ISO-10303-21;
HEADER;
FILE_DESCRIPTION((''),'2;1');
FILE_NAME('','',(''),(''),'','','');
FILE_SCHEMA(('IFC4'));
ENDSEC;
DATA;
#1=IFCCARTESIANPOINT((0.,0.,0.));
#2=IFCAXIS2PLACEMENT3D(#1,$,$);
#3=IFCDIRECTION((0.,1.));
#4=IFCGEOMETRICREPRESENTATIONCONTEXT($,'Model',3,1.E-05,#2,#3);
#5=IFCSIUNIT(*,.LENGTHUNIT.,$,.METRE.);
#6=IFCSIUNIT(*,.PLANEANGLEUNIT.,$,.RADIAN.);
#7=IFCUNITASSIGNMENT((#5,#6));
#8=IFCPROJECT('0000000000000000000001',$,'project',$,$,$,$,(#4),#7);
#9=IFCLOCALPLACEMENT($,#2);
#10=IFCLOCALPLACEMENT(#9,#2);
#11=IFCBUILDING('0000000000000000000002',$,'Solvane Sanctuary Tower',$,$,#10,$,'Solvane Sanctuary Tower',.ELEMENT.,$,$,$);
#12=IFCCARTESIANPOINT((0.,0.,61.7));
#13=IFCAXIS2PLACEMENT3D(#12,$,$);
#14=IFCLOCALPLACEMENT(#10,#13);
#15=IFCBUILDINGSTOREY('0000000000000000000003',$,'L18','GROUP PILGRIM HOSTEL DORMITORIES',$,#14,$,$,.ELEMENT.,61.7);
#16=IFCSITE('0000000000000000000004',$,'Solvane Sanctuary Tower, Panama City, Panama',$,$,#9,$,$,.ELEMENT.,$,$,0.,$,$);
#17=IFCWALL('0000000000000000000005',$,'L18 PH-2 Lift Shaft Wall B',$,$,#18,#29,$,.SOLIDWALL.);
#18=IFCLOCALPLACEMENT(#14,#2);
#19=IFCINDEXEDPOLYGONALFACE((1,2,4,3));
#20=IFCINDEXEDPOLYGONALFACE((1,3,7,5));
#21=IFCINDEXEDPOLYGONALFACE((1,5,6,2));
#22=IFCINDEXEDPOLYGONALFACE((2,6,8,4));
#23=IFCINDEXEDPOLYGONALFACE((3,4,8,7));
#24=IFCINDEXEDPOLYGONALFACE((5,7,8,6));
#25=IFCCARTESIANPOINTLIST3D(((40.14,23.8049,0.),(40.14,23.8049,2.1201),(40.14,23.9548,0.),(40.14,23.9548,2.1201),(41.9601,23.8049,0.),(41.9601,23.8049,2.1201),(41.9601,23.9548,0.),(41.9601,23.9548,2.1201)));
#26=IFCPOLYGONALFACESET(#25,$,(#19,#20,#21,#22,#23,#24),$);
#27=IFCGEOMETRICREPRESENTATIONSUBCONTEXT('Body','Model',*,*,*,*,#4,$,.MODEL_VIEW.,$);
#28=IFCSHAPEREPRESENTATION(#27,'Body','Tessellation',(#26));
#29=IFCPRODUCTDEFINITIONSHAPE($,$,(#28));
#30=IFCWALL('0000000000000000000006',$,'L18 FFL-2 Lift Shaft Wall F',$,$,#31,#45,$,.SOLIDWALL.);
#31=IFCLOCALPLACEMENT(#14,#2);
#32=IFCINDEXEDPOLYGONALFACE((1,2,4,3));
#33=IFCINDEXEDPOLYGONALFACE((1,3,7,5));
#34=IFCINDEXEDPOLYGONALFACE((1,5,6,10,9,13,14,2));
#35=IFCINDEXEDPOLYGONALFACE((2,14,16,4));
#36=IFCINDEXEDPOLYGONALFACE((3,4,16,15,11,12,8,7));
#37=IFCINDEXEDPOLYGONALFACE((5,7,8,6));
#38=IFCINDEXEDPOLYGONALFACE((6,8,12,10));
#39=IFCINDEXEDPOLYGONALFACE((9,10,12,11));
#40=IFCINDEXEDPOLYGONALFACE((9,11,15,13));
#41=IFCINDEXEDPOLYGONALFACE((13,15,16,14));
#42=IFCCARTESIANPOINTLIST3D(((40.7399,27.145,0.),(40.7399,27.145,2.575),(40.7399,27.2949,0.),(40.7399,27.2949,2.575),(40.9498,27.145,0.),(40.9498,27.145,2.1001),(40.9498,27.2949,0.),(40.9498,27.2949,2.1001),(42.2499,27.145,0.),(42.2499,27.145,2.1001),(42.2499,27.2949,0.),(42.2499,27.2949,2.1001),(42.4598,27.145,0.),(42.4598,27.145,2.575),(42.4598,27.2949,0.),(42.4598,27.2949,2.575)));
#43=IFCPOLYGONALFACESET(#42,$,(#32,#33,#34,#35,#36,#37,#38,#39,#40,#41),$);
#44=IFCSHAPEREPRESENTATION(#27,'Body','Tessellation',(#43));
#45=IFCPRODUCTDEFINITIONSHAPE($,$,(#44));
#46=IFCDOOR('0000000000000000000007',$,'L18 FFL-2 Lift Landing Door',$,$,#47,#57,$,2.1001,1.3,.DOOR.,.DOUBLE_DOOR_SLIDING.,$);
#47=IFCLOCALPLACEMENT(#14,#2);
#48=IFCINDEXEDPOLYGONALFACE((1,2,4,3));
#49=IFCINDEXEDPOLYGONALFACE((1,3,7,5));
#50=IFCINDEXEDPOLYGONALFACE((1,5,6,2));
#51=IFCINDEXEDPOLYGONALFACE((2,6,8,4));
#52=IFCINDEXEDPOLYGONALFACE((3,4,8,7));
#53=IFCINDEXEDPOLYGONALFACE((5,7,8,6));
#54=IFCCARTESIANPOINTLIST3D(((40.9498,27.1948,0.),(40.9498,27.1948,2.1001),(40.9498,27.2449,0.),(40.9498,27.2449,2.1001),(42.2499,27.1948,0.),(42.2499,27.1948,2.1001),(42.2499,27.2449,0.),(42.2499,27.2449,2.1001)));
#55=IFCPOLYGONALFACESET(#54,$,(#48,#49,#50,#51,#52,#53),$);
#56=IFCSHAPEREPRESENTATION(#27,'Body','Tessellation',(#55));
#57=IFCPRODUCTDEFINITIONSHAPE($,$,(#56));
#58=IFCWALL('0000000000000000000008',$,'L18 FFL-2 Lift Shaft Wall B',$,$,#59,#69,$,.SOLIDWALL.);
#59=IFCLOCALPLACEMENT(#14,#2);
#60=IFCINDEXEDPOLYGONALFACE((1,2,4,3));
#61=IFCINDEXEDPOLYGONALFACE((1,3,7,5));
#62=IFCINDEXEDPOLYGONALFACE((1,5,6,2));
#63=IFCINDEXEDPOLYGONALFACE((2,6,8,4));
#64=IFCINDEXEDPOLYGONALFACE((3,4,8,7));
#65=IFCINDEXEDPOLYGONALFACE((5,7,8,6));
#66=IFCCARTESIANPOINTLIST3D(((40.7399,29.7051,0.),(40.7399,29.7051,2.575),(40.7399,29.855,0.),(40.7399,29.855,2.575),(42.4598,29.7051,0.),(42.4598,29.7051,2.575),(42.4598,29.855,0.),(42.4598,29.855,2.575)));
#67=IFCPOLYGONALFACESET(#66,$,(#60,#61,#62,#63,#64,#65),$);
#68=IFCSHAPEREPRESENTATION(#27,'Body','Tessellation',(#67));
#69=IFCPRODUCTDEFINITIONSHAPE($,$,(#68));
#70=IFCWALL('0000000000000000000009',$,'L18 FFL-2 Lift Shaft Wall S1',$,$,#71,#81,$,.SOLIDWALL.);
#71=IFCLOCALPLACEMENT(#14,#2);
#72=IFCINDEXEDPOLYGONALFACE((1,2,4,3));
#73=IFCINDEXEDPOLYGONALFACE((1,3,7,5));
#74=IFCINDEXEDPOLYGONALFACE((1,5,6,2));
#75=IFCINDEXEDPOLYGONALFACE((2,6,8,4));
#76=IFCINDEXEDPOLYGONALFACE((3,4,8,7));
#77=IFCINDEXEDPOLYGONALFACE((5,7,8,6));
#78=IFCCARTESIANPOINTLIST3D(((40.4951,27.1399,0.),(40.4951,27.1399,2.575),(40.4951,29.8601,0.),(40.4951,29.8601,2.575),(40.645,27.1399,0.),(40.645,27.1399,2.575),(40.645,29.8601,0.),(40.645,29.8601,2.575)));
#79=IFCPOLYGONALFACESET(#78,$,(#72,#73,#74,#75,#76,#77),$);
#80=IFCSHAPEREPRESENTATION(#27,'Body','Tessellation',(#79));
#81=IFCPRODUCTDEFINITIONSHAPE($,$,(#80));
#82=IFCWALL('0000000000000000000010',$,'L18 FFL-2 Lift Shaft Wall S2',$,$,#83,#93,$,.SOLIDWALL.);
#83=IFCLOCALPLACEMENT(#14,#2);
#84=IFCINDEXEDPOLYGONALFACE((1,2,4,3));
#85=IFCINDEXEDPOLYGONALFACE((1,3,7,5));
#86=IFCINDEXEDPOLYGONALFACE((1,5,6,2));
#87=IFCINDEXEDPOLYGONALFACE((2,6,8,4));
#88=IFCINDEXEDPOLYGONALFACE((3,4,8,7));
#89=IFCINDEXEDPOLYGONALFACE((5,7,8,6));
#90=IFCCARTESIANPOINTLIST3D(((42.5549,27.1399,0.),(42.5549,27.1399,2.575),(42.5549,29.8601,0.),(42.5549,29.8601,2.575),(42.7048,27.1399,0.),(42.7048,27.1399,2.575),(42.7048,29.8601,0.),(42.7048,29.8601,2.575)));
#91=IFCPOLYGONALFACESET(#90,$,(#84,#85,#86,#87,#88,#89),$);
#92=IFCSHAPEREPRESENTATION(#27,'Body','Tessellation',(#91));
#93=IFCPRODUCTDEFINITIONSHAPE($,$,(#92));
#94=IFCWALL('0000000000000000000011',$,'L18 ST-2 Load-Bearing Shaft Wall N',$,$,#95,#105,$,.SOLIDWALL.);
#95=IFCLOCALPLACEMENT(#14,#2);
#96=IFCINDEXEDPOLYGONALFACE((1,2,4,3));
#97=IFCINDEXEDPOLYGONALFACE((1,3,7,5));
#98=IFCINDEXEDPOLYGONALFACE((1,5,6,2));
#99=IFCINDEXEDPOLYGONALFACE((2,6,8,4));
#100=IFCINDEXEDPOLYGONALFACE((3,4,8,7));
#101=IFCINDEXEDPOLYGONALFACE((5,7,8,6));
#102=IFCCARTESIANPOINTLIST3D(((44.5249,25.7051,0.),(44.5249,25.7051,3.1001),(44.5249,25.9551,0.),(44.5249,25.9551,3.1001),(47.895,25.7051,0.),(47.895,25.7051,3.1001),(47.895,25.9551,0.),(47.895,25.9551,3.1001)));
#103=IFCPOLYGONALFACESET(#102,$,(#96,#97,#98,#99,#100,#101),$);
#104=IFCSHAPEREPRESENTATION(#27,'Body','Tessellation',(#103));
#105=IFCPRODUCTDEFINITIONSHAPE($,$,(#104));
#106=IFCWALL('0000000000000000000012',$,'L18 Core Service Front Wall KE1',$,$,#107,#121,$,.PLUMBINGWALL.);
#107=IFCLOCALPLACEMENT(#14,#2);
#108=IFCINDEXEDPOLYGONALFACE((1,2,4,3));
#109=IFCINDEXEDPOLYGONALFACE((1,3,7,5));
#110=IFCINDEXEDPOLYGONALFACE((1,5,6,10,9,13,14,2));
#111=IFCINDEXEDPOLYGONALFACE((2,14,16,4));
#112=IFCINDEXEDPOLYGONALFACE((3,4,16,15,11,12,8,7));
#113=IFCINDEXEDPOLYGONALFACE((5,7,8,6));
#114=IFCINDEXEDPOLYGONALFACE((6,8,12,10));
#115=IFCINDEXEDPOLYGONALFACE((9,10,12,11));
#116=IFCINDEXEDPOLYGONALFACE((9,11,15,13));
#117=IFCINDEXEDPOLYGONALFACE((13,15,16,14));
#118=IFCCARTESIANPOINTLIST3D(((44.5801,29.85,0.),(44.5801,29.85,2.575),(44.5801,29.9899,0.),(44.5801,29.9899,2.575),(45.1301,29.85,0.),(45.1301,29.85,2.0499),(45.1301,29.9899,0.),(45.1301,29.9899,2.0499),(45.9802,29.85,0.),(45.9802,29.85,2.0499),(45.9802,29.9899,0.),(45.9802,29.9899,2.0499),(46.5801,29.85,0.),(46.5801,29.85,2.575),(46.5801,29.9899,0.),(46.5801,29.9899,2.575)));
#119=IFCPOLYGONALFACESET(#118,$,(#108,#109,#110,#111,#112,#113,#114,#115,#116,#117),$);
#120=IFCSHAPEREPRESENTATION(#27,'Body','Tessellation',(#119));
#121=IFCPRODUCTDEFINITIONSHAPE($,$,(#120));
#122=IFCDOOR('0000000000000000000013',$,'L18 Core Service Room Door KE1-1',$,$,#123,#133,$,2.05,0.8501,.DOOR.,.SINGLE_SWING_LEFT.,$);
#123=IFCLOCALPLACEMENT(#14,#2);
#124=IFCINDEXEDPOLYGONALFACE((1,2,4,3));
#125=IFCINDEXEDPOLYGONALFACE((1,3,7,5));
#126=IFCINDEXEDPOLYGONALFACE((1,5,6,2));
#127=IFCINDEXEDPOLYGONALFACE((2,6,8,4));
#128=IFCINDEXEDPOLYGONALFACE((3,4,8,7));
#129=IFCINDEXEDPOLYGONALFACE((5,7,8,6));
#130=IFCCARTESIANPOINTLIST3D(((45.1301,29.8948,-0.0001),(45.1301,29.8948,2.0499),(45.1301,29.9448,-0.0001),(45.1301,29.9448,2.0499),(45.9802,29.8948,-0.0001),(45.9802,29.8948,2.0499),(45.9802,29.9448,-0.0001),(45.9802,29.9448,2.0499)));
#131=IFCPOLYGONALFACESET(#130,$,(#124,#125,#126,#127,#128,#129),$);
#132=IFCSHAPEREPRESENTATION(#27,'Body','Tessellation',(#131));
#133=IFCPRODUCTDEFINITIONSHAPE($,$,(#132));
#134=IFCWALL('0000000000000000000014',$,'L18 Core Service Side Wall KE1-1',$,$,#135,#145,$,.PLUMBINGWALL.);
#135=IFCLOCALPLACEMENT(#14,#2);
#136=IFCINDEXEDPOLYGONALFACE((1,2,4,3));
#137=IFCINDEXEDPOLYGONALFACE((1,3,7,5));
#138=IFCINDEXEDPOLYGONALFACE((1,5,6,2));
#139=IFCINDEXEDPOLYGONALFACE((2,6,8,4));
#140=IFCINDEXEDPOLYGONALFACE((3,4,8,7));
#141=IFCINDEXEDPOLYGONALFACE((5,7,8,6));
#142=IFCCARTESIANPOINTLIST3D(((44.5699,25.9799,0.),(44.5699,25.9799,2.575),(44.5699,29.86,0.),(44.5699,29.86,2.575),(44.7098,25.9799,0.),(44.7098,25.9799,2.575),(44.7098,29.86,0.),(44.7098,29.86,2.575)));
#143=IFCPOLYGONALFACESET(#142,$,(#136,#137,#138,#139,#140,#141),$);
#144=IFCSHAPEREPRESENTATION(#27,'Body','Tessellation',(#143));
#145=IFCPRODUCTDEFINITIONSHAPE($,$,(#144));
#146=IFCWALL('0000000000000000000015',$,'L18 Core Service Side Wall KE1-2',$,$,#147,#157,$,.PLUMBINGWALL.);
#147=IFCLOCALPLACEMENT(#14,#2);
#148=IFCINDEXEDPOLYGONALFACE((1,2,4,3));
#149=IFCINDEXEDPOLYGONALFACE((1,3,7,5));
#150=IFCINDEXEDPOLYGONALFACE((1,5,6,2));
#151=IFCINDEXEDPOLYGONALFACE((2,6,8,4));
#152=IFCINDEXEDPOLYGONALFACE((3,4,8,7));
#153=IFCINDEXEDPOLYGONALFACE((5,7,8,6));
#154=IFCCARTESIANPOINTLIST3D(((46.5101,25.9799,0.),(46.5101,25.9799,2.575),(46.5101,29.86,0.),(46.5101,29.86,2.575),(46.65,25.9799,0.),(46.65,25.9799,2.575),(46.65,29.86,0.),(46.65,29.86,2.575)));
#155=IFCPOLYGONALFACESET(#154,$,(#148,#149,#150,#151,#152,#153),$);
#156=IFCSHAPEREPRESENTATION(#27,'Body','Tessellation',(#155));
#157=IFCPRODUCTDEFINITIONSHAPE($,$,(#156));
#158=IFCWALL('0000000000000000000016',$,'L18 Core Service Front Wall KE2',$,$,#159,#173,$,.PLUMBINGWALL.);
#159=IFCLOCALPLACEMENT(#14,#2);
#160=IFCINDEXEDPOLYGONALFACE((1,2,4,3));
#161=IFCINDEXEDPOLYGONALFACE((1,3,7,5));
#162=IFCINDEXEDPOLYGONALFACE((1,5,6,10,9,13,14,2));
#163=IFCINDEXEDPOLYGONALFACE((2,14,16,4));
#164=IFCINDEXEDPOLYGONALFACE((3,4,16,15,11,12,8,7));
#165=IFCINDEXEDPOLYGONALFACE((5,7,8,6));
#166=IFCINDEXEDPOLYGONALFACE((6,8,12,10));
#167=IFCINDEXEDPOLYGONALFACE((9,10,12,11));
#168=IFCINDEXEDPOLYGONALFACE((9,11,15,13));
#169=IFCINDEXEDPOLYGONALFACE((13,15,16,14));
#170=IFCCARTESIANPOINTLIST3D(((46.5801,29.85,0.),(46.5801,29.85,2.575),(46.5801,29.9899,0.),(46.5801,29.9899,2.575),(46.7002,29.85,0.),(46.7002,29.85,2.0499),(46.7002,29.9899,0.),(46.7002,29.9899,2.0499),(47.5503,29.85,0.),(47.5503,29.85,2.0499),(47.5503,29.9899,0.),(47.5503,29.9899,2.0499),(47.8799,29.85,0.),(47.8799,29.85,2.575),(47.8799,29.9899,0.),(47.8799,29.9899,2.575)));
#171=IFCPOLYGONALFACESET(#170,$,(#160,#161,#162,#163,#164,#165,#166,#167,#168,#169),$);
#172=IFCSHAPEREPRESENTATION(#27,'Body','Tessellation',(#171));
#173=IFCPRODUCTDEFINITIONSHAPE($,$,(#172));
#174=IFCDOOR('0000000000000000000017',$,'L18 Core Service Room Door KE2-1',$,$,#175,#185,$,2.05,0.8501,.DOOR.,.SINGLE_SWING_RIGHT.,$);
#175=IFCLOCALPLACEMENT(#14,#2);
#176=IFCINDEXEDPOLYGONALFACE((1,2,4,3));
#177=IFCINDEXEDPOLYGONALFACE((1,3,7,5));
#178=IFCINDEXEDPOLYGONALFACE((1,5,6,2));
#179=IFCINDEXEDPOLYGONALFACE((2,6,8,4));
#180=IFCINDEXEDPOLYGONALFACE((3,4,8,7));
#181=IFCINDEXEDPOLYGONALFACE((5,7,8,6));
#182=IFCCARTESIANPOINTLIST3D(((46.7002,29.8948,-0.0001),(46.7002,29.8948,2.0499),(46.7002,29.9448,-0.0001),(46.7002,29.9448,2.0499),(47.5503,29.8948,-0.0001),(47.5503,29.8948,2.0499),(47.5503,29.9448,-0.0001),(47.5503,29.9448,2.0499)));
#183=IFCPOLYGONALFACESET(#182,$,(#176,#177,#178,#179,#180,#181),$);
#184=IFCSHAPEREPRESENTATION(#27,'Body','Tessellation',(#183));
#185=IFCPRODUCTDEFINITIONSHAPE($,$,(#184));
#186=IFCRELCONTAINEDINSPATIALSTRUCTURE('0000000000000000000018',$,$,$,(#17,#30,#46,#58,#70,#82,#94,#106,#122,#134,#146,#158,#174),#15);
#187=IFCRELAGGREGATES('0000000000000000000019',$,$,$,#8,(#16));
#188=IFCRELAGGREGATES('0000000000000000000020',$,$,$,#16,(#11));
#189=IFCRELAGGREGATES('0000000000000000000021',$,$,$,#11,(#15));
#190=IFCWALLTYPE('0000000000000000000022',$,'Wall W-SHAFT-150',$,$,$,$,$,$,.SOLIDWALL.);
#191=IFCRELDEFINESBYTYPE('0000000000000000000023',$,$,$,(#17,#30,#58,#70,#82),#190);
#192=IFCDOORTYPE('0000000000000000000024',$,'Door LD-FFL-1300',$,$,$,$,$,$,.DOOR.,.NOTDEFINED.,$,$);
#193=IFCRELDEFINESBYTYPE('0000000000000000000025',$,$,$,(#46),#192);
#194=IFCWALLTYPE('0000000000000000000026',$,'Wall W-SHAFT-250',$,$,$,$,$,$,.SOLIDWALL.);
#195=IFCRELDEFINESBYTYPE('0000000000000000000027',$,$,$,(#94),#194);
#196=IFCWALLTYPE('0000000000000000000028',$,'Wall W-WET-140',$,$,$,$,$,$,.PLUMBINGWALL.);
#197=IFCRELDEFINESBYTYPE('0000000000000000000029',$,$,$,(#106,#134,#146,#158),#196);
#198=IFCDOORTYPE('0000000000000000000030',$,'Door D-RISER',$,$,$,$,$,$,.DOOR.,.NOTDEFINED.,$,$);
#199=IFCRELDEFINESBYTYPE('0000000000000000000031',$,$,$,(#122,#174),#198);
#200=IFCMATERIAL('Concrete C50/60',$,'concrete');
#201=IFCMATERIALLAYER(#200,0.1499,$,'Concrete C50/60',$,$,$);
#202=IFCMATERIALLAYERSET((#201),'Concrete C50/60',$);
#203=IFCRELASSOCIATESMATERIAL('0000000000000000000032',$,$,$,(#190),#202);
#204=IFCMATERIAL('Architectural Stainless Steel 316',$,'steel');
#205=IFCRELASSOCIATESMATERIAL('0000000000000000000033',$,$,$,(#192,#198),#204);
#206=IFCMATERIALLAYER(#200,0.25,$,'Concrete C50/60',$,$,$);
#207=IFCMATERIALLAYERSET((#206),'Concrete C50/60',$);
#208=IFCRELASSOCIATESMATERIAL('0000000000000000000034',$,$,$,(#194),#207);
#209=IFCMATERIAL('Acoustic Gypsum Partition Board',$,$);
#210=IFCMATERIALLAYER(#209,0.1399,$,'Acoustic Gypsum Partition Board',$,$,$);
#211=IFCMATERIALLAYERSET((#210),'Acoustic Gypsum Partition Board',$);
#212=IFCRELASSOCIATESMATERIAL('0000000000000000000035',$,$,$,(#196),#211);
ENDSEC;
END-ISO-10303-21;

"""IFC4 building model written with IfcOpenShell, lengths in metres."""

from ifc_helpers import new_model, si_unit, direction, frame, frame_2d, origin, place, context, subcontext, project, spatial, rectangle, extrude, material, layer, layer_set, type_object, element, fill, save


model = new_model("IFC4")

# Units and contexts
model_context = context("Model", 3, precision=1e-05, world=origin(), true_north=direction((0.0, 1.0)))
body_context = subcontext(model_context, "Body", "Model", "MODEL_VIEW")
ifc_project = project(units=[si_unit("LENGTHUNIT", "METRE"), si_unit("PLANEANGLEUNIT", "RADIAN")], contexts=[model_context])

# Site, building, storey
site_placement = place(None, origin())
site = spatial("IfcSite", under=ifc_project, at=site_placement, Name="Solvane Sanctuary Tower, Panama City, Panama", CompositionType="ELEMENT", RefElevation=0.0)
building_placement = place(site_placement, origin())
building = spatial("IfcBuilding", under=site, at=building_placement, Name="Solvane Sanctuary Tower", LongName="Solvane Sanctuary Tower", CompositionType="ELEMENT")
storey_placement = place(building_placement, frame((0.0, 0.0, 61.7)))
storey = spatial("IfcBuildingStorey", under=building, at=storey_placement, Name="L18", Description="GROUP PILGRIM HOSTEL DORMITORIES", CompositionType="ELEMENT", Elevation=61.7)

# Shared definitions
ifc_material_1 = material(Name="Acoustic Gypsum Partition Board")

# Wall
ifc_material_2 = material(Name="Concrete C50/60", Category="concrete")
ifc_layer_1 = layer(ifc_material_2, 0.1499, Name="Concrete C50/60")
ifc_layer_set_1 = layer_set([ifc_layer_1], Name="Concrete C50/60")
wall_type_1 = type_object("IfcWallType", Name="Wall W-SHAFT-150", PredefinedType="SOLIDWALL", material=ifc_layer_set_1)
for number, where, z_axis, x_axis, name in (
    (1, (40.1399, 23.8799, 0.0), (0.0, 0.0, 1.0), (1.0, 0.0, 0.0), "L18 PH-2 Lift Shaft Wall B"),
):
    element("IfcWall", number, at=place(storey_placement, frame(where, z_axis=z_axis, x_axis=x_axis)), inside=storey, type_object=wall_type_1, Name=name, PredefinedType="SOLIDWALL", context=body_context, shape_type="SweptSolid", body=[
        extrude(rectangle(XDim=1.8201, YDim=0.1499, at=frame_2d((0.9102, 0.0))), origin(), (0.0, 0.0, 1.0), 2.1201),
    ])

# Wall, opening, door
wall_1_placement = place(storey_placement, frame((40.74, 27.22, 0.0), z_axis=(0.0, 0.0, 1.0), x_axis=(1.0, 0.0, 0.0)))
wall_1 = element("IfcWall", 2, at=wall_1_placement, inside=storey, type_object=wall_type_1, Name="L18 FFL-2 Lift Shaft Wall F", PredefinedType="SOLIDWALL", context=body_context, shape_type="SweptSolid", body=[
    extrude(rectangle(XDim=1.72, YDim=0.1499, at=frame_2d((0.8599, 0.0))), origin(), (0.0, 0.0, 1.0), 2.575),
])
opening_1_placement = place(wall_1_placement, frame((0.21, 0.0, 0.0)))
opening_1 = element("IfcOpeningElement", 3, at=opening_1_placement, cuts=wall_1, PredefinedType="OPENING", context=body_context, shape_type="SweptSolid", body=[
    extrude(rectangle(XDim=1.3, YDim=2.1001, at=frame_2d((0.6499, 1.05))), frame((0.0, 0.085, 0.0), z_axis=(0.0, -1.0, 0.0), x_axis=(1.0, 0.0, 0.0)), (0.0, 0.0, 1.0), 0.1699),
])
ifc_material_3 = material(Name="Architectural Stainless Steel 316", Category="steel")
door_type_1 = type_object("IfcDoorType", Name="Door LD-FFL-1300", OperationType="NOTDEFINED", PredefinedType="DOOR", material=ifc_material_3)
door_1_placement = place(opening_1_placement, origin())
door_1 = element("IfcDoor", 4, at=door_1_placement, inside=storey, type_object=door_type_1, Name="L18 FFL-2 Lift Landing Door", OperationType="DOUBLE_DOOR_SLIDING", OverallHeight=2.1001, OverallWidth=1.3, PredefinedType="DOOR", context=body_context, shape_type="SweptSolid", body=[
    extrude(rectangle(XDim=1.3, YDim=2.1001, at=frame_2d((0.6499, 1.05))), frame((0.0, 0.0249, 0.0), z_axis=(0.0, -1.0, 0.0), x_axis=(1.0, 0.0, 0.0)), (0.0, 0.0, 1.0), 0.05),
])
fill(opening_1, door_1)

# Walls
wall_2_placement = place(storey_placement, frame((40.74, 29.78, 0.0), z_axis=(0.0, 0.0, 1.0), x_axis=(1.0, 0.0, 0.0)))
element("IfcWall", 5, at=wall_2_placement, inside=storey, type_object=wall_type_1, Name="L18 FFL-2 Lift Shaft Wall B", PredefinedType="SOLIDWALL", context=body_context, shape_type="SweptSolid", body=[
    extrude(rectangle(XDim=1.72, YDim=0.1499, at=frame_2d((0.8599, 0.0))), origin(), (0.0, 0.0, 1.0), 2.575),
])
for number, where, z_axis, x_axis, name in (
    (6, (40.5701, 27.1399, 0.0), (0.0, 0.0, 1.0), (0.0, 1.0, 0.0), "L18 FFL-2 Lift Shaft Wall S1"),
    (7, (42.6299, 27.1399, 0.0), (0.0, 0.0, 1.0), (0.0, 1.0, 0.0), "L18 FFL-2 Lift Shaft Wall S2"),
):
    element("IfcWall", number, at=place(storey_placement, frame(where, z_axis=z_axis, x_axis=x_axis)), inside=storey, type_object=wall_type_1, Name=name, PredefinedType="SOLIDWALL", context=body_context, shape_type="SweptSolid", body=[
        extrude(rectangle(XDim=2.7202, YDim=0.1499, at=frame_2d((1.3601, 0.0))), origin(), (0.0, 0.0, 1.0), 2.575),
    ])
ifc_layer_2 = layer(ifc_material_2, 0.25, Name="Concrete C50/60")
ifc_layer_set_2 = layer_set([ifc_layer_2], Name="Concrete C50/60")
wall_type_2 = type_object("IfcWallType", Name="Wall W-SHAFT-250", PredefinedType="SOLIDWALL", material=ifc_layer_set_2)
wall_3_placement = place(storey_placement, frame((44.5249, 25.8301, 0.0), z_axis=(0.0, 0.0, 1.0), x_axis=(1.0, 0.0, 0.0)))
element("IfcWall", 8, at=wall_3_placement, inside=storey, type_object=wall_type_2, Name="L18 ST-2 Load-Bearing Shaft Wall N", PredefinedType="SOLIDWALL", context=body_context, shape_type="SweptSolid", body=[
    extrude(rectangle(XDim=3.3701, YDim=0.25, at=frame_2d((1.6851, 0.0))), origin(), (0.0, 0.0, 1.0), 3.1001),
])

# Wall, opening, door
ifc_layer_3 = layer(ifc_material_1, 0.1399, Name="Acoustic Gypsum Partition Board")
ifc_layer_set_3 = layer_set([ifc_layer_3], Name="Acoustic Gypsum Partition Board")
wall_type_3 = type_object("IfcWallType", Name="Wall W-WET-140", PredefinedType="PLUMBINGWALL", material=ifc_layer_set_3)
wall_4_placement = place(storey_placement, frame((44.5801, 29.9199, 0.0), z_axis=(0.0, 0.0, 1.0), x_axis=(1.0, 0.0, 0.0)))
wall_4 = element("IfcWall", 9, at=wall_4_placement, inside=storey, type_object=wall_type_3, Name="L18 Core Service Front Wall KE1", PredefinedType="PLUMBINGWALL", context=body_context, shape_type="SweptSolid", body=[
    extrude(rectangle(XDim=2.0, YDim=0.1399, at=frame_2d((1.0, 0.0))), origin(), (0.0, 0.0, 1.0), 2.575),
])
opening_2_placement = place(wall_4_placement, frame((0.55, 0.0, 0.0)))
opening_2 = element("IfcOpeningElement", 10, at=opening_2_placement, cuts=wall_4, PredefinedType="OPENING", context=body_context, shape_type="SweptSolid", body=[
    extrude(rectangle(XDim=0.8501, YDim=2.05, at=frame_2d((0.425, 1.0249))), frame((0.0, 0.0798, 0.0), z_axis=(0.0, -1.0, 0.0), x_axis=(1.0, 0.0, 0.0)), (0.0, 0.0, 1.0), 0.1599),
])
door_type_2 = type_object("IfcDoorType", Name="Door D-RISER", OperationType="NOTDEFINED", PredefinedType="DOOR", material=ifc_material_3)
door_2_placement = place(opening_2_placement, origin())
door_2 = element("IfcDoor", 11, at=door_2_placement, inside=storey, type_object=door_type_2, Name="L18 Core Service Room Door KE1-1", OperationType="SINGLE_SWING_LEFT", OverallHeight=2.05, OverallWidth=0.8501, PredefinedType="DOOR", context=body_context, shape_type="SweptSolid", body=[
    extrude(rectangle(XDim=0.8501, YDim=2.05, at=frame_2d((0.425, 1.0249))), frame((0.0, 0.0249, 0.0), z_axis=(0.0, -1.0, 0.0), x_axis=(1.0, 0.0, 0.0)), (0.0, 0.0, 1.0), 0.05),
])
fill(opening_2, door_2)

# Walls
for number, where, z_axis, x_axis, name in (
    (12, (44.6399, 25.98, 0.0), (0.0, 0.0, 1.0), (0.0, 1.0, 0.0), "L18 Core Service Side Wall KE1-1"),
    (13, (46.5801, 25.98, 0.0), (0.0, 0.0, 1.0), (0.0, 1.0, 0.0), "L18 Core Service Side Wall KE1-2"),
):
    element("IfcWall", number, at=place(storey_placement, frame(where, z_axis=z_axis, x_axis=x_axis)), inside=storey, type_object=wall_type_3, Name=name, PredefinedType="PLUMBINGWALL", context=body_context, shape_type="SweptSolid", body=[
        extrude(rectangle(XDim=3.8801, YDim=0.1399, at=frame_2d((1.9399, 0.0))), origin(), (0.0, 0.0, 1.0), 2.575),
    ])

# Wall, opening, door
wall_5_placement = place(storey_placement, frame((46.5801, 29.9199, 0.0), z_axis=(0.0, 0.0, 1.0), x_axis=(1.0, 0.0, 0.0)))
wall_5 = element("IfcWall", 14, at=wall_5_placement, inside=storey, type_object=wall_type_3, Name="L18 Core Service Front Wall KE2", PredefinedType="PLUMBINGWALL", context=body_context, shape_type="SweptSolid", body=[
    extrude(rectangle(XDim=1.2998, YDim=0.1399, at=frame_2d((0.6499, 0.0))), origin(), (0.0, 0.0, 1.0), 2.575),
])
opening_3_placement = place(wall_5_placement, frame((0.1201, 0.0, 0.0)))
opening_3 = element("IfcOpeningElement", 15, at=opening_3_placement, cuts=wall_5, PredefinedType="OPENING", context=body_context, shape_type="SweptSolid", body=[
    extrude(rectangle(XDim=0.8501, YDim=2.05, at=frame_2d((0.425, 1.0249))), frame((0.0, 0.0798, 0.0), z_axis=(0.0, -1.0, 0.0), x_axis=(1.0, 0.0, 0.0)), (0.0, 0.0, 1.0), 0.1599),
])
door_3_placement = place(opening_3_placement, origin())
door_3 = element("IfcDoor", 16, at=door_3_placement, inside=storey, type_object=door_type_2, Name="L18 Core Service Room Door KE2-1", OperationType="SINGLE_SWING_RIGHT", OverallHeight=2.05, OverallWidth=0.8501, PredefinedType="DOOR", context=body_context, shape_type="SweptSolid", body=[
    extrude(rectangle(XDim=0.8501, YDim=2.05, at=frame_2d((0.425, 1.0249))), frame((0.0, 0.0249, 0.0), z_axis=(0.0, -1.0, 0.0), x_axis=(1.0, 0.0, 0.0)), (0.0, 0.0, 1.0), 0.05),
])
fill(opening_3, door_3)

save(model, "model.ifc")
